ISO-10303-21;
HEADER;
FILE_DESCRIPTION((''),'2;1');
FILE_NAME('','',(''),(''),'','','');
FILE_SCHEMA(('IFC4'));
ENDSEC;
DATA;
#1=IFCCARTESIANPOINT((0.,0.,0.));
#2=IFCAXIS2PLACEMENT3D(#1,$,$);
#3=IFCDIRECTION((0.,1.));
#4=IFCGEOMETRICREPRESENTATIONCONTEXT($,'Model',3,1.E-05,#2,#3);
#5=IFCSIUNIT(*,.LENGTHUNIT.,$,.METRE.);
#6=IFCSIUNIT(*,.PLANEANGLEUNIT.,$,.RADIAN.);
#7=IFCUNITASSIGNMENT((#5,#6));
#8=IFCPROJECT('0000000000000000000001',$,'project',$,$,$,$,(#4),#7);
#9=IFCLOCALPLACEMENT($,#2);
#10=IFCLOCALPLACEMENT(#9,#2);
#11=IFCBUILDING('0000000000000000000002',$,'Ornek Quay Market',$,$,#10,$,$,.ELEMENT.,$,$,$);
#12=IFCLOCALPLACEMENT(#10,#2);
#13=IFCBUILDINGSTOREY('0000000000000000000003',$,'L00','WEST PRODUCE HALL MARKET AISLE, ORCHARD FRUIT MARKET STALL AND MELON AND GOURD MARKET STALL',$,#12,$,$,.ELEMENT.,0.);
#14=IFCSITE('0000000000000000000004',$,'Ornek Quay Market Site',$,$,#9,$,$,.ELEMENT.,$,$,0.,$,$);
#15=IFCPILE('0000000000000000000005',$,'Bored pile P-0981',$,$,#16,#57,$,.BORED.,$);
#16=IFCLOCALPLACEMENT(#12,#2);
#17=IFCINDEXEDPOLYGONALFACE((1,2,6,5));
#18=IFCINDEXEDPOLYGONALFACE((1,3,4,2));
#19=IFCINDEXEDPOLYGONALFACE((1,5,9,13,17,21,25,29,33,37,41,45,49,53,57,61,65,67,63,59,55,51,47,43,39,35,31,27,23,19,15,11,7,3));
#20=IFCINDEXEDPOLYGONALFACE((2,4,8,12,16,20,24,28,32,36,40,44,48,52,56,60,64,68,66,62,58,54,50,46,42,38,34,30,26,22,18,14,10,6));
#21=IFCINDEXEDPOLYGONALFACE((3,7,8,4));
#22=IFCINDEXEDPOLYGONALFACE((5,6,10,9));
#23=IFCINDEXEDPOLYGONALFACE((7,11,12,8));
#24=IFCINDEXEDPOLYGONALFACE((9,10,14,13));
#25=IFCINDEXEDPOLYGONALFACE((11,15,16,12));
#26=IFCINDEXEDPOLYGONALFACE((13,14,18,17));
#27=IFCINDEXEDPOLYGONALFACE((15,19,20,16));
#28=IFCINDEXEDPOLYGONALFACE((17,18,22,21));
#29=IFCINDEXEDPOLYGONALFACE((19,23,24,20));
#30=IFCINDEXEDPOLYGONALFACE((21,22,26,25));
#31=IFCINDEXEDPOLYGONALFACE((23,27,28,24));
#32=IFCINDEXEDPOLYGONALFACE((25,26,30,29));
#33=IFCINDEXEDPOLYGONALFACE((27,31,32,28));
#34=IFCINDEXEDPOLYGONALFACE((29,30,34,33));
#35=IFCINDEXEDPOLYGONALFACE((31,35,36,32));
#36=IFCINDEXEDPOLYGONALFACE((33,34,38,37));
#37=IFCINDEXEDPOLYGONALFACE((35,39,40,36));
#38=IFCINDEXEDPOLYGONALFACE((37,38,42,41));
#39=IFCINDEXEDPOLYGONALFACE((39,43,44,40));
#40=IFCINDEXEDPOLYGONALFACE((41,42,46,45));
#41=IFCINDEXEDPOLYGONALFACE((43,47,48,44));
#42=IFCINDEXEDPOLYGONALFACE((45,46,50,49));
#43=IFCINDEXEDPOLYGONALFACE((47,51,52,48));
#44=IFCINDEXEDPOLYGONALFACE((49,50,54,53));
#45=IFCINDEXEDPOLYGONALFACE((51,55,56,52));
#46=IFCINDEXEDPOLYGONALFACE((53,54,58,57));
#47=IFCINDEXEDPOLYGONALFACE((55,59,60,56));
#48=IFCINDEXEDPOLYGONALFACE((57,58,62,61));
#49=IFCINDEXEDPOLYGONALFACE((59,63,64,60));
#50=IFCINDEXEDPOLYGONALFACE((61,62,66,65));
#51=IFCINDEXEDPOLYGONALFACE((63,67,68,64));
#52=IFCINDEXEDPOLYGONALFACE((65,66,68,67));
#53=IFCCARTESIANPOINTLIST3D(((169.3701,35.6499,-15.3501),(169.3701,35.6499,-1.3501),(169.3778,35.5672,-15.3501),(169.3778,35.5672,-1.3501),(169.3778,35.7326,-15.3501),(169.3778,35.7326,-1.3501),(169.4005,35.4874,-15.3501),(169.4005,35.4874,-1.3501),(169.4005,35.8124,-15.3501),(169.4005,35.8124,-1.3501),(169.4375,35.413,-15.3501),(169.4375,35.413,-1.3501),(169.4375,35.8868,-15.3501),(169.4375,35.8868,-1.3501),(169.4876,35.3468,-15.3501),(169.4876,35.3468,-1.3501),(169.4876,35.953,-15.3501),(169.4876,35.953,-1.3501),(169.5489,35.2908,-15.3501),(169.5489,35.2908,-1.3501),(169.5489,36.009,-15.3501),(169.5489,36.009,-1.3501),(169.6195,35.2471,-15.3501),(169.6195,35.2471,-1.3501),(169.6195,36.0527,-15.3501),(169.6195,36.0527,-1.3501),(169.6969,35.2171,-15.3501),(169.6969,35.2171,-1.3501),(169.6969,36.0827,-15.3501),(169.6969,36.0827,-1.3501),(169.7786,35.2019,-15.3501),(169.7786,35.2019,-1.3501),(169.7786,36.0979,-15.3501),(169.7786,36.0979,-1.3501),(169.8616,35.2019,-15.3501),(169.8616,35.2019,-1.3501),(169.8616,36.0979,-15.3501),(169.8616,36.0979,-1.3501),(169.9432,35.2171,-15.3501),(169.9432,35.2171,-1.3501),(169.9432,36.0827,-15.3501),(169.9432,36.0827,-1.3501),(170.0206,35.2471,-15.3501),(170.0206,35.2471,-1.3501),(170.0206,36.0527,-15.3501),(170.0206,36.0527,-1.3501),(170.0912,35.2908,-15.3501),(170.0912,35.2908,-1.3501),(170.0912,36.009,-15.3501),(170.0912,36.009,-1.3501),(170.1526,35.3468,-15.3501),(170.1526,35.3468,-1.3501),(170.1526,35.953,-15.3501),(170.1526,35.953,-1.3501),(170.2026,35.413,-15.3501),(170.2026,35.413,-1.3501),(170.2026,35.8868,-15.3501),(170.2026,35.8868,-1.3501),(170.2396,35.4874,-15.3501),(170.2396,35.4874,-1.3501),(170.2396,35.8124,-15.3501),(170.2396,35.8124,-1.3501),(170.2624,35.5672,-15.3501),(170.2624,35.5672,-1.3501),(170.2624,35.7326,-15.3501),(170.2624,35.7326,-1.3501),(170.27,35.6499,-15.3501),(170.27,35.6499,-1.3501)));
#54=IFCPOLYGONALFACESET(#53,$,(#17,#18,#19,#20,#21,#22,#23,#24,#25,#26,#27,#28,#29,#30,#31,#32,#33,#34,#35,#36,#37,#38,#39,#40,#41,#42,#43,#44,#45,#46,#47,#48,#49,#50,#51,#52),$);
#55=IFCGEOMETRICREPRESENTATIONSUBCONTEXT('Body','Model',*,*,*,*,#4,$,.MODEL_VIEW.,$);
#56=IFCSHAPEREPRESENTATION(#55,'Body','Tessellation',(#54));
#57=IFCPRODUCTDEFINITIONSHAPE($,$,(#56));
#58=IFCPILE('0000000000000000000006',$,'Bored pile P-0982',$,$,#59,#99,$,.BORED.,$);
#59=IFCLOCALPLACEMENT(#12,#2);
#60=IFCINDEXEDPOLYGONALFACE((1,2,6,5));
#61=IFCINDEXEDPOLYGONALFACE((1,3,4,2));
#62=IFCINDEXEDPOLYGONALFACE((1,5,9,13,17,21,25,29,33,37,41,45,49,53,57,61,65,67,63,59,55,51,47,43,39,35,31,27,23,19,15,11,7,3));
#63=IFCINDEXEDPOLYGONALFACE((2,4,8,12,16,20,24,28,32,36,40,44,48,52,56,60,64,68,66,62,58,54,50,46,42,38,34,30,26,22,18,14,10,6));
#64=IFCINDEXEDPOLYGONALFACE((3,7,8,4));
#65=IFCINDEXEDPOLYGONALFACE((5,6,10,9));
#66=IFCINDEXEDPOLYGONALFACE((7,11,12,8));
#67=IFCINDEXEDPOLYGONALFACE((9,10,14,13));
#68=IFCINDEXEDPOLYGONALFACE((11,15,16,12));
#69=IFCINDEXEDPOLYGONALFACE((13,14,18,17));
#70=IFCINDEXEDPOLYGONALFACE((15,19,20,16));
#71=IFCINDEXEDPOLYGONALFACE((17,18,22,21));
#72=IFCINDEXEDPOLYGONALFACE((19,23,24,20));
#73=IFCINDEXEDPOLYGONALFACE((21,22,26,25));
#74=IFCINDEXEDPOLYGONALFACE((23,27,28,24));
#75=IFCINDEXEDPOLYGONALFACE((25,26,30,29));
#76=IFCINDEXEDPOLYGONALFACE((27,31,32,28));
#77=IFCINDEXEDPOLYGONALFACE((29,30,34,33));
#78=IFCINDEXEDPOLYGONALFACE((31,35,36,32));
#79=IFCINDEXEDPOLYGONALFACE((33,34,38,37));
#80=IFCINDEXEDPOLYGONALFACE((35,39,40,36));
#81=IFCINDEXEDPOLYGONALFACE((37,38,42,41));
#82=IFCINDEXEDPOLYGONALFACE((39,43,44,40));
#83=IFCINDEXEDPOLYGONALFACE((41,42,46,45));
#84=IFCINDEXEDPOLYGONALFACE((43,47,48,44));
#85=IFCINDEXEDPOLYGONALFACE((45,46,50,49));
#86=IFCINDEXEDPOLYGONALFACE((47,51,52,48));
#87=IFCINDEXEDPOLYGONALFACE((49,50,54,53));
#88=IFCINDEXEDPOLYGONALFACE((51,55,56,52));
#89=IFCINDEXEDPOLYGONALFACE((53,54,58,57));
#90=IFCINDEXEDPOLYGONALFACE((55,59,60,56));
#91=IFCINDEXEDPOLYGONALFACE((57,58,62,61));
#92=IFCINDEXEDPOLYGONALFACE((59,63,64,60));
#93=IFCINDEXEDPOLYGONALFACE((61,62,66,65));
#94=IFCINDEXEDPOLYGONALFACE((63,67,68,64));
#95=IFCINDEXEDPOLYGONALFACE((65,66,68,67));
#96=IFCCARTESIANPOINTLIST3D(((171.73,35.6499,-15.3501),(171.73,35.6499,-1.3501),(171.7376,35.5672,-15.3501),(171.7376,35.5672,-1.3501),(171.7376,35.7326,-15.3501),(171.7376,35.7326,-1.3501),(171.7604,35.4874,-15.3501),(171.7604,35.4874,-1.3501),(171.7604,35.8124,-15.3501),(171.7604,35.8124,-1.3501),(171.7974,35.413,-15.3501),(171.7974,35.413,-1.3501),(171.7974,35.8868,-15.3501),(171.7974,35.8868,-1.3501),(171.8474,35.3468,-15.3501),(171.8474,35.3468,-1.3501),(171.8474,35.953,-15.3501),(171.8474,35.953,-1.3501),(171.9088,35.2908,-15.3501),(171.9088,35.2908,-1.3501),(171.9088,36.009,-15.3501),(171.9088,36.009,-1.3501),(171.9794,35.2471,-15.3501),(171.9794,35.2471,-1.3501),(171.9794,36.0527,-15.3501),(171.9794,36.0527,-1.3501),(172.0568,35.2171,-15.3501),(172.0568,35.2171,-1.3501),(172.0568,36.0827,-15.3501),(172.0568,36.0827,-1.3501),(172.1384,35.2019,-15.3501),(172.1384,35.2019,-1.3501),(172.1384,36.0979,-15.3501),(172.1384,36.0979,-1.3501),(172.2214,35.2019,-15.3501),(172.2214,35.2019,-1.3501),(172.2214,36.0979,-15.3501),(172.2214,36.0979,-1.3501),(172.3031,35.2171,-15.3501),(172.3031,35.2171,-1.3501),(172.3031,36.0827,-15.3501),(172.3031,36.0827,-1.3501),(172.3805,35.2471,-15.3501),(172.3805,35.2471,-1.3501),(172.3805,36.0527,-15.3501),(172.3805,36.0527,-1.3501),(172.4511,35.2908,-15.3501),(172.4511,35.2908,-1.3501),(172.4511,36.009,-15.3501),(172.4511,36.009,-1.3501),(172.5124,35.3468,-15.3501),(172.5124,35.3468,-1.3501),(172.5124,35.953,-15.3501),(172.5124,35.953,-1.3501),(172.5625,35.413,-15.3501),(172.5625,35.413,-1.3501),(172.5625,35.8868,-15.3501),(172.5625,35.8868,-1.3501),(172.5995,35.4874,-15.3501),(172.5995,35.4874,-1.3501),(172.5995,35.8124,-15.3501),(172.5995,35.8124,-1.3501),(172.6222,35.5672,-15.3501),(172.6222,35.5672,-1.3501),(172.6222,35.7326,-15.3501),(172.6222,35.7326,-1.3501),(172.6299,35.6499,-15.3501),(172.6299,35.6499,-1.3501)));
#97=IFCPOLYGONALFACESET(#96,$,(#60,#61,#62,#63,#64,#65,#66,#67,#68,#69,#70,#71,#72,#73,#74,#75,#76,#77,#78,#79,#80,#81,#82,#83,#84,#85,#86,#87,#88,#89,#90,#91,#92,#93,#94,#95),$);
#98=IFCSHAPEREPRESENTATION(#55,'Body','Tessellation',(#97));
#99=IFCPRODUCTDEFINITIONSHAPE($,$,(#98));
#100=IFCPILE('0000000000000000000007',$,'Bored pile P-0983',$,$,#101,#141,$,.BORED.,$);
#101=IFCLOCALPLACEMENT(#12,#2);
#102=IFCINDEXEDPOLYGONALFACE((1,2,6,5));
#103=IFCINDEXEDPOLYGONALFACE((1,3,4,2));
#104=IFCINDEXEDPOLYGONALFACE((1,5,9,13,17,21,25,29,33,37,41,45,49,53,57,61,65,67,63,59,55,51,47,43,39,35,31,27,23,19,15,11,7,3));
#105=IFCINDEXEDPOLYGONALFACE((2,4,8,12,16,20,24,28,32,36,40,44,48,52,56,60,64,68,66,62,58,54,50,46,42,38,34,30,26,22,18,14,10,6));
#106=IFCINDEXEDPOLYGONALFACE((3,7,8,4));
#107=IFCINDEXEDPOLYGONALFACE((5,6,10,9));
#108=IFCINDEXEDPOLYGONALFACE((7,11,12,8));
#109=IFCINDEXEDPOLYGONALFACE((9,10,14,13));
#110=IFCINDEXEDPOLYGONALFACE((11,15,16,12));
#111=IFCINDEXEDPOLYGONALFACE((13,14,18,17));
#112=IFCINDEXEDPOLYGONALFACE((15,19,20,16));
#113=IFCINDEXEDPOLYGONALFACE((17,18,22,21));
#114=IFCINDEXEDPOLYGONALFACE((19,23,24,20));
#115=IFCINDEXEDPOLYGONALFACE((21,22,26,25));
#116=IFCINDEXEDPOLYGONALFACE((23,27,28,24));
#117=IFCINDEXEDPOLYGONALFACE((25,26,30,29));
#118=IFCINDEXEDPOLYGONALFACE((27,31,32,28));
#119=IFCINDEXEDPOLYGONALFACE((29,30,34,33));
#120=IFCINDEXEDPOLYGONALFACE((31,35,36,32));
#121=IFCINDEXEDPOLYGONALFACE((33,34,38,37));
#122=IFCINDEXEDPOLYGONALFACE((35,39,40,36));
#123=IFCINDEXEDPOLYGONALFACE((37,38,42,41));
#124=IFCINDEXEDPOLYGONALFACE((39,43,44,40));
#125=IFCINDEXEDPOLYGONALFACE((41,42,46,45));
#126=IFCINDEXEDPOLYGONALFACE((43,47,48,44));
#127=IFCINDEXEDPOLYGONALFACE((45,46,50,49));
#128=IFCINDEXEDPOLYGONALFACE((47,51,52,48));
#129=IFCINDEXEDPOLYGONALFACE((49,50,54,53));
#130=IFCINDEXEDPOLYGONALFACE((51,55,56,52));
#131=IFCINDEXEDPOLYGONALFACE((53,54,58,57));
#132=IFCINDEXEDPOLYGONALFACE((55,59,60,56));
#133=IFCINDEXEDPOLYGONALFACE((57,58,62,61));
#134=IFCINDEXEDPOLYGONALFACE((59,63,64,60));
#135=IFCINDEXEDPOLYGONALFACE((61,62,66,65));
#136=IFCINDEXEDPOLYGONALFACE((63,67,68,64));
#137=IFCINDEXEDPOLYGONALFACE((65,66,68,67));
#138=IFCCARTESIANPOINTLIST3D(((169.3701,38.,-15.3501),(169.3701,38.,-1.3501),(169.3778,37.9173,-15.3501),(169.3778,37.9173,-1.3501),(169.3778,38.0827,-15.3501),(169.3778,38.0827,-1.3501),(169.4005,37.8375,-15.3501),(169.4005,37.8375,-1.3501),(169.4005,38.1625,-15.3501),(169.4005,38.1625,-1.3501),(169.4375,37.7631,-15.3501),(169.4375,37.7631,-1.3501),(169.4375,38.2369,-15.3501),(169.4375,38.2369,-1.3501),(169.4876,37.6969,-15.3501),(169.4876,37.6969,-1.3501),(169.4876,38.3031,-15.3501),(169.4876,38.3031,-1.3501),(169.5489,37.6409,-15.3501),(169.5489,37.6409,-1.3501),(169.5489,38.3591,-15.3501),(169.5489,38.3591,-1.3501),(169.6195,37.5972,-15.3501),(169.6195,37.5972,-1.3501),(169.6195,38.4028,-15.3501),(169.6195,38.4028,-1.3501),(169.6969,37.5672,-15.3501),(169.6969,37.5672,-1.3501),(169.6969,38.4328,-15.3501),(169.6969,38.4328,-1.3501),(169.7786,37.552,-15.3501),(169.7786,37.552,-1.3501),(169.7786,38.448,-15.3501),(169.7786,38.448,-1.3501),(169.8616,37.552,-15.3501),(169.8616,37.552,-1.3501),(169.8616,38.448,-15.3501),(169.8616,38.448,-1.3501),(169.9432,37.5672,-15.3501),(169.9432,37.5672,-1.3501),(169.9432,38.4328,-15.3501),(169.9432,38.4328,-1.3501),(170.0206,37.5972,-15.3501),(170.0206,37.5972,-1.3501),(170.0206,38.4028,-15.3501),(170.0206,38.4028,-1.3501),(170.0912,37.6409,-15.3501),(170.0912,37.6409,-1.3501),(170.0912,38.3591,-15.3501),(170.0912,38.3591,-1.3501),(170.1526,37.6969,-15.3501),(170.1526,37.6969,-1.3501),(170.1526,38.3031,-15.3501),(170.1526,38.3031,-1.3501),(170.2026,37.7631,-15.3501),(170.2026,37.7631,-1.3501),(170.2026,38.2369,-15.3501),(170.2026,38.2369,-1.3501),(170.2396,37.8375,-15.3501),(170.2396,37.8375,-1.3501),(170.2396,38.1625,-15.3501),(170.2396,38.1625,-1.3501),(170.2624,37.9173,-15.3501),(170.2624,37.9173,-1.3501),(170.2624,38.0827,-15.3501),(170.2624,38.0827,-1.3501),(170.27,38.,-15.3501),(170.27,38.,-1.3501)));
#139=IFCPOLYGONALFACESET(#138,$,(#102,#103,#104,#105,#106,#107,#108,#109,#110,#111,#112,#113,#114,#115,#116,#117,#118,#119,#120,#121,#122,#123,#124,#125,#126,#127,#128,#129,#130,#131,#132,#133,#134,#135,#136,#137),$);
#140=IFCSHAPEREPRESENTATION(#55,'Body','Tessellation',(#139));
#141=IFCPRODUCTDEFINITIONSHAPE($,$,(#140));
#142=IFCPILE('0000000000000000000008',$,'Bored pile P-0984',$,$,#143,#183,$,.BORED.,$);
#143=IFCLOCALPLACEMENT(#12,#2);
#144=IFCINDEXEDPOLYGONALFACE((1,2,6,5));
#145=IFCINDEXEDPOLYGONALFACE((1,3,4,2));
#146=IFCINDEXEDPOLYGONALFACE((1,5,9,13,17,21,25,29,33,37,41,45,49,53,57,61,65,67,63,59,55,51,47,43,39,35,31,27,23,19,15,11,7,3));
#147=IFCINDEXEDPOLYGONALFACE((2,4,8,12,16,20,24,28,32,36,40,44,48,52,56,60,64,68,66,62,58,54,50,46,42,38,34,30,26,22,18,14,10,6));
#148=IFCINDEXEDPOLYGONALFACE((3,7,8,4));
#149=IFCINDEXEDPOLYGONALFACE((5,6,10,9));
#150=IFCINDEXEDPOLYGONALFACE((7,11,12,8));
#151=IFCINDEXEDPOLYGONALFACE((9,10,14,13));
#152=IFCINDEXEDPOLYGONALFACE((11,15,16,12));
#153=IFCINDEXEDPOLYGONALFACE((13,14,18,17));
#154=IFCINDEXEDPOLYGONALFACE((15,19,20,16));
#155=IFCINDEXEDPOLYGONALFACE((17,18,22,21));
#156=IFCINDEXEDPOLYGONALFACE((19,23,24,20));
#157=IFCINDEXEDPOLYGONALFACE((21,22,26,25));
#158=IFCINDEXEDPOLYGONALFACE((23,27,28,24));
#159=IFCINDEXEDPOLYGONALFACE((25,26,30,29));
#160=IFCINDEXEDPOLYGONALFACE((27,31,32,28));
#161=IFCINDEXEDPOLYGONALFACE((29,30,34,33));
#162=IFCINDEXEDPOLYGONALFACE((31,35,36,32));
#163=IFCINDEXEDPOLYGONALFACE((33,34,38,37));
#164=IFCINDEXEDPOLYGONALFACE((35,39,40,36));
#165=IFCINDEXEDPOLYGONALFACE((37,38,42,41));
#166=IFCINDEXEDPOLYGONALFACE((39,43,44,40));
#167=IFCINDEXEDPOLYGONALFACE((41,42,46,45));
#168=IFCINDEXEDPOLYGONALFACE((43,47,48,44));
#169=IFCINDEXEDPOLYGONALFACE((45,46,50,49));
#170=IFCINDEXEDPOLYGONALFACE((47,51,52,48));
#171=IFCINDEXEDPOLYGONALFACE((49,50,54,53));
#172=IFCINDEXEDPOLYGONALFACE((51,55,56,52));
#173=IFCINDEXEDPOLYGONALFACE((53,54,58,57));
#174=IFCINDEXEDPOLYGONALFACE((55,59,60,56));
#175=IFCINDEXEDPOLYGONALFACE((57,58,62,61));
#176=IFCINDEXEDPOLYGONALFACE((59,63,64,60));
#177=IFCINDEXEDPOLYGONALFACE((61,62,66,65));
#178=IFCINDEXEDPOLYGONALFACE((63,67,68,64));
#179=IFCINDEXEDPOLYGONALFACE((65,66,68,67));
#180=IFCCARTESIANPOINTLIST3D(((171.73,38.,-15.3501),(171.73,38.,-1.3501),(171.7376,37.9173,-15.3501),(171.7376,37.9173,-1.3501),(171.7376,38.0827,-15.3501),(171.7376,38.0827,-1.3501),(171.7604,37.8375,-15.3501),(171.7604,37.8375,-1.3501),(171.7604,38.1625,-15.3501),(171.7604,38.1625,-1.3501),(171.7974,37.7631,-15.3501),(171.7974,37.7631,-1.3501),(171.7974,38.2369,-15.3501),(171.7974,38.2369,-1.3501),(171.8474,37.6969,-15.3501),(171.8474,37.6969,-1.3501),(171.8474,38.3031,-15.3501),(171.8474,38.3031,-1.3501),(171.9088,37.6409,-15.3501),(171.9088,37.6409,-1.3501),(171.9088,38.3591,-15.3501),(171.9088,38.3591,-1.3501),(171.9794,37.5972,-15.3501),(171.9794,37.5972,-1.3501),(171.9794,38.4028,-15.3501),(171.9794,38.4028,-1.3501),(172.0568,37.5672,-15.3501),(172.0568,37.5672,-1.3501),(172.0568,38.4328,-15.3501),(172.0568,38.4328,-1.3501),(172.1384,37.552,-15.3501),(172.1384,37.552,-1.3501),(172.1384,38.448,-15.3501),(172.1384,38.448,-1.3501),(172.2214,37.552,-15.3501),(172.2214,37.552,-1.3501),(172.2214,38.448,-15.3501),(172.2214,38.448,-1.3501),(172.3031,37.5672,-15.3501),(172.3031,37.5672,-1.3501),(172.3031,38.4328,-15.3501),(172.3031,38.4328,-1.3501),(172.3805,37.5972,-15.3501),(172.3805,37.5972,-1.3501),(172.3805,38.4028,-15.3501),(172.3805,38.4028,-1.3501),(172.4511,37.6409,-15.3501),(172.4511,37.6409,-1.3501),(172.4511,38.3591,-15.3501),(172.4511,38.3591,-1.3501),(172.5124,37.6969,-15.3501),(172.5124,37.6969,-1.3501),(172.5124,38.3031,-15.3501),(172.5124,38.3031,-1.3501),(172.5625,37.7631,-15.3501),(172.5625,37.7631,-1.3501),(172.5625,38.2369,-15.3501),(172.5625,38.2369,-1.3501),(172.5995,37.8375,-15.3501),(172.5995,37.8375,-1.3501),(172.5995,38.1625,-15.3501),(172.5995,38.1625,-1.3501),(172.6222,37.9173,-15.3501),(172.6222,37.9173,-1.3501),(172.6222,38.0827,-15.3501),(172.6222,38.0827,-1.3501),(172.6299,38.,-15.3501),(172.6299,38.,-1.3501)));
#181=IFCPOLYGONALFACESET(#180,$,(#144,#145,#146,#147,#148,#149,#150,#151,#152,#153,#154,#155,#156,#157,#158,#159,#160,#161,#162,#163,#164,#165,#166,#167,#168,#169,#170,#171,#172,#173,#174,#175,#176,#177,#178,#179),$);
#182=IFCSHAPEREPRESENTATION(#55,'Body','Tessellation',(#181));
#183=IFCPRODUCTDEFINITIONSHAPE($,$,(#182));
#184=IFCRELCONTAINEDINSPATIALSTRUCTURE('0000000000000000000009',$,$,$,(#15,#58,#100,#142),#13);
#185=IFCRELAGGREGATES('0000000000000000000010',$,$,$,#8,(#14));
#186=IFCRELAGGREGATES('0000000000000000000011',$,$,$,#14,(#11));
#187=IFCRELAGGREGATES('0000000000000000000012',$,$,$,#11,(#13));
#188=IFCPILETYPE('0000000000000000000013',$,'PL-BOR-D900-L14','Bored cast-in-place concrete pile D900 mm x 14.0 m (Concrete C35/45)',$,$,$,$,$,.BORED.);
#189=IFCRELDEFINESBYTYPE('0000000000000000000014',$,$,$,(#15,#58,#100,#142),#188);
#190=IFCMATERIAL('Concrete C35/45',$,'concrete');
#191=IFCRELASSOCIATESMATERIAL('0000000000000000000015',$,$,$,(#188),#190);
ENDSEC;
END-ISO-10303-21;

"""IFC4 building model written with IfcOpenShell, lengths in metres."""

from ifc_helpers import new_model, si_unit, direction, frame, origin, origin_2d, place, context, subcontext, project, spatial, circle, extrude, material, material_profile, profile_set, type_object, element, save


model = new_model("IFC4")

# Units and contexts
model_context = context("Model", 3, precision=1e-05, world=origin(), true_north=direction((0.0, 1.0)))
body_context = subcontext(model_context, "Body", "Model", "MODEL_VIEW")
ifc_project = project(units=[si_unit("LENGTHUNIT", "METRE"), si_unit("PLANEANGLEUNIT", "RADIAN")], contexts=[model_context])

# Site, building, storey
site_placement = place(None, origin())
site = spatial("IfcSite", under=ifc_project, at=site_placement, Name="Ornek Quay Market Site", CompositionType="ELEMENT", RefElevation=0.0)
building_placement = place(site_placement, origin())
building = spatial("IfcBuilding", under=site, at=building_placement, Name="Ornek Quay Market", CompositionType="ELEMENT")
storey_placement = place(building_placement, origin())
storey = spatial("IfcBuildingStorey", under=building, at=storey_placement, Name="L00", Description="WEST PRODUCE HALL MARKET AISLE, ORCHARD FRUIT MARKET STALL AND MELON AND GOURD MARKET STALL", CompositionType="ELEMENT", Elevation=0.0)

# Piles
ifc_material_1 = material(Name="Concrete C35/45", Category="concrete")
ifc_material_profile_1 = material_profile(ifc_material_1, circle(Radius=0.45, at=origin_2d()), Name="PILE D900", Category="concrete")
ifc_profile_set_1 = profile_set([ifc_material_profile_1], Name="Concrete C35/45")
pile_type = type_object("IfcPileType", Name="PL-BOR-D900-L14", Description="Bored cast-in-place concrete pile D900 mm x 14.0 m (Concrete C35/45)", PredefinedType="BORED", material=ifc_profile_set_1)
for number, where, z_axis, x_axis, name in (
    (1, (169.8201, 35.6499, -1.3501), (0.0, 0.0, -1.0), (1.0, 0.0, 0.0), "Bored pile P-0981"),
    (2, (172.1799, 35.6499, -1.3501), (0.0, 0.0, -1.0), (1.0, 0.0, 0.0), "Bored pile P-0982"),
    (3, (169.8201, 38.0, -1.3501), (0.0, 0.0, -1.0), (1.0, 0.0, 0.0), "Bored pile P-0983"),
    (4, (172.1799, 38.0, -1.3501), (0.0, 0.0, -1.0), (1.0, 0.0, 0.0), "Bored pile P-0984"),
):
    element("IfcPile", number, at=place(storey_placement, frame(where, z_axis=z_axis, x_axis=x_axis)), inside=storey, type_object=pile_type, Name=name, PredefinedType="BORED", context=body_context, shape_type="SweptSolid", body=[
        extrude(circle(Radius=0.45, at=origin_2d()), origin(), (0.0, 0.0, 1.0), 14.0),
    ])

save(model, "model.ifc")
